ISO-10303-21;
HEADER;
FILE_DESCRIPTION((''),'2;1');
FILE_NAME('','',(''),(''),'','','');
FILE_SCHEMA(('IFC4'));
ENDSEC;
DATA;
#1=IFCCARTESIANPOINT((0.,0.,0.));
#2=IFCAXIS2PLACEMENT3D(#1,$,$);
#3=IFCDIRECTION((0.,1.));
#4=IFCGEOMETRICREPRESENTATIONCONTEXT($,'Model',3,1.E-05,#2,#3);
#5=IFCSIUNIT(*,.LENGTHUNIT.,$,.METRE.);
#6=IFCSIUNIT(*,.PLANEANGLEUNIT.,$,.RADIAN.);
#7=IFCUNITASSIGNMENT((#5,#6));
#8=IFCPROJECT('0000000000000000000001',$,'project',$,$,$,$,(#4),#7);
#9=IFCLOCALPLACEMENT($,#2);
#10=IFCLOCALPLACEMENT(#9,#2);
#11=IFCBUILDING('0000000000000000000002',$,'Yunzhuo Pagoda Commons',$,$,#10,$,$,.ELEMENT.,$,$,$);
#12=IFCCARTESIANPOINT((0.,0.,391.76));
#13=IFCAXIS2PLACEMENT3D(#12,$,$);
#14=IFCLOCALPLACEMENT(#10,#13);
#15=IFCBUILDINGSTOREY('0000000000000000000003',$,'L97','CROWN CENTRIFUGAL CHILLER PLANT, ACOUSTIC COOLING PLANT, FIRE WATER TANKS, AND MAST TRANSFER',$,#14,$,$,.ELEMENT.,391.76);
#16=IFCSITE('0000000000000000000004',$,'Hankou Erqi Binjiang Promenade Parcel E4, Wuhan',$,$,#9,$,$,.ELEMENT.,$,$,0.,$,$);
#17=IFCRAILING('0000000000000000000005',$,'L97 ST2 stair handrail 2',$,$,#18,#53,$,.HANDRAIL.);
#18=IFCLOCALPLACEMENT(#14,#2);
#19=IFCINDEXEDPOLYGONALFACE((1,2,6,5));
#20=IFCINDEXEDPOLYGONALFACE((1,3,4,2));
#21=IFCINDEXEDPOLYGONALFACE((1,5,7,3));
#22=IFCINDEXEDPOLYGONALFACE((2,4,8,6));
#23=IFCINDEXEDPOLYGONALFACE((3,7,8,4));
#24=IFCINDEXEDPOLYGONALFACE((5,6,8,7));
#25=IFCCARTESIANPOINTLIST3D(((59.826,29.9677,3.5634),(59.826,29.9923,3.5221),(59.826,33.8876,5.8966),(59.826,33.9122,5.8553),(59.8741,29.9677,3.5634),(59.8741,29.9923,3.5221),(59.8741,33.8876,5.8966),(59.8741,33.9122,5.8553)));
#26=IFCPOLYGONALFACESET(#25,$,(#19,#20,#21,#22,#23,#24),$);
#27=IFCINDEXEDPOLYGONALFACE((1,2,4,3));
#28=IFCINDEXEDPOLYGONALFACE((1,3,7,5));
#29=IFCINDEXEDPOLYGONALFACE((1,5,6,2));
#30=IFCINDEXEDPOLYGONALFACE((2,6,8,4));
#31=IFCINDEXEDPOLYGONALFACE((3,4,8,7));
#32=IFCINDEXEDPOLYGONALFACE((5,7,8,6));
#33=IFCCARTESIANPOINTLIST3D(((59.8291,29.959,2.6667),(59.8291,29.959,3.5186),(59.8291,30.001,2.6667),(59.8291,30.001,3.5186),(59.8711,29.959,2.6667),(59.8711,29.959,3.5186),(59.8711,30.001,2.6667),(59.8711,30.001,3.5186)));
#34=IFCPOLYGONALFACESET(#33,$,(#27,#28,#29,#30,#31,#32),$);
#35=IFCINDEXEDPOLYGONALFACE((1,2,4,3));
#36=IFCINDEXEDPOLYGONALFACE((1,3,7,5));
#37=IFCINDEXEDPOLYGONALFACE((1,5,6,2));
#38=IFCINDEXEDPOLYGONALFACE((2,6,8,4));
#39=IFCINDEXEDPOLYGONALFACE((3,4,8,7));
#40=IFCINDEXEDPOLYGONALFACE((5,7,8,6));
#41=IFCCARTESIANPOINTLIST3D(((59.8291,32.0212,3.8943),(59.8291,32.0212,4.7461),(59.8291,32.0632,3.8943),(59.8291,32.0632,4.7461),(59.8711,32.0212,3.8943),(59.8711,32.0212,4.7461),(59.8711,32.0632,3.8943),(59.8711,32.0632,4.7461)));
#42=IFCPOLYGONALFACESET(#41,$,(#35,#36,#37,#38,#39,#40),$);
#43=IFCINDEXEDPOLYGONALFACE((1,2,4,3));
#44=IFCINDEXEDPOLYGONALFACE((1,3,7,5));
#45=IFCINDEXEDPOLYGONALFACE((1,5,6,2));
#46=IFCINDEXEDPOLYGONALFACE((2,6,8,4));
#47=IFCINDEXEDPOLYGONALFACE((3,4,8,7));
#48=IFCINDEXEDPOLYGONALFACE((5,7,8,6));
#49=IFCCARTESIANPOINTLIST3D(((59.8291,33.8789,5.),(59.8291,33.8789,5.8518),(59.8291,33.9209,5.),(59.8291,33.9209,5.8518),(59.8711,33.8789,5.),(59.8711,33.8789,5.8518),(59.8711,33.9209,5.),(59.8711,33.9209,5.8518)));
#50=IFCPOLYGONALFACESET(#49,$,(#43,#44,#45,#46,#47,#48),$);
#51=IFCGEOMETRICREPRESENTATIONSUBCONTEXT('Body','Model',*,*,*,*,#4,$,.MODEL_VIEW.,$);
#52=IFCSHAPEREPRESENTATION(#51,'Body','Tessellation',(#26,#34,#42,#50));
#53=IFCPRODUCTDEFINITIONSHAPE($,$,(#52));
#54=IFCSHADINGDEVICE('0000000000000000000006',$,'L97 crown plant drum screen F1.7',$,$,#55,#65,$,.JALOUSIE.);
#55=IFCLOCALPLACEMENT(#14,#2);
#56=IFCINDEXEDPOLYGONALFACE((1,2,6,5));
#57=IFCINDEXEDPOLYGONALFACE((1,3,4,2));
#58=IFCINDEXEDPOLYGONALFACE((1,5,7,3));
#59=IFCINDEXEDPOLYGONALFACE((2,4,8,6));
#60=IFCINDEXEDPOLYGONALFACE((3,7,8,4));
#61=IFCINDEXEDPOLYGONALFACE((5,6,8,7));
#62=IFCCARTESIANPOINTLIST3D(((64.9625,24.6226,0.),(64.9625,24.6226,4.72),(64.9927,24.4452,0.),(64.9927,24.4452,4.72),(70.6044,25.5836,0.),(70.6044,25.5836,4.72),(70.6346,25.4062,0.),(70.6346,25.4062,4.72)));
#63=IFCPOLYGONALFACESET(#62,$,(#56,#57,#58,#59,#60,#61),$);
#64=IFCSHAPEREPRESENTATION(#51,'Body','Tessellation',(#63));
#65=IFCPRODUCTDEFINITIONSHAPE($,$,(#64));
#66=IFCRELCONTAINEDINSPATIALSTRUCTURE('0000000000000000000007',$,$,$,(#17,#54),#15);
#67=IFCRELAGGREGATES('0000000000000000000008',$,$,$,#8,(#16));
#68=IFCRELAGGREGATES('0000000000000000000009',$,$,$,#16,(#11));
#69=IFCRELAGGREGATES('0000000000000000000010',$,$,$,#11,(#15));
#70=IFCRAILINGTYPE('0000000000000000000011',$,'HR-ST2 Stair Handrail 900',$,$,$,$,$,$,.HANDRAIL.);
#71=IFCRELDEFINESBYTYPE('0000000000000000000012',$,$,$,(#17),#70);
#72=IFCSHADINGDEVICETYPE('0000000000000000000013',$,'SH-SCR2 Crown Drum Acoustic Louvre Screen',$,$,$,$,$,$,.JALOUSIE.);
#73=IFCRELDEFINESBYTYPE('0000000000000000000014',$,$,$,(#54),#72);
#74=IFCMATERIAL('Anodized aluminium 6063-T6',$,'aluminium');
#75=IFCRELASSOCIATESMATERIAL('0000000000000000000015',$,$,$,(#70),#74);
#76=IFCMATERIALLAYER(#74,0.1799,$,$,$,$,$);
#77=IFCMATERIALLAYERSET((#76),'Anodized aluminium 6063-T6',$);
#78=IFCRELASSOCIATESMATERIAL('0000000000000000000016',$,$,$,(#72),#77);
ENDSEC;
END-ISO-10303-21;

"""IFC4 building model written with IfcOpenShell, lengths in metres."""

from ifc_helpers import new_model, si_unit, direction, frame, origin, origin_2d, place, context, subcontext, project, spatial, rectangle, extrude, source, transform, mapped, material, layer, layer_set, type_object, element, save


model = new_model("IFC4")

# Units and contexts
model_context = context("Model", 3, precision=1e-05, world=origin(), true_north=direction((0.0, 1.0)))
body_context = subcontext(model_context, "Body", "Model", "MODEL_VIEW")
ifc_project = project(units=[si_unit("LENGTHUNIT", "METRE"), si_unit("PLANEANGLEUNIT", "RADIAN")], contexts=[model_context])

# Site, building, storey
site_placement = place(None, origin())
site = spatial("IfcSite", under=ifc_project, at=site_placement, Name="Hankou Erqi Binjiang Promenade Parcel E4, Wuhan", CompositionType="ELEMENT", RefElevation=0.0)
building_placement = place(site_placement, origin())
building = spatial("IfcBuilding", under=site, at=building_placement, Name="Yunzhuo Pagoda Commons", CompositionType="ELEMENT")
storey_placement = place(building_placement, frame((0.0, 0.0, 391.76)))
storey = spatial("IfcBuildingStorey", under=building, at=storey_placement, Name="L97", Description="CROWN CENTRIFUGAL CHILLER PLANT, ACOUSTIC COOLING PLANT, FIRE WATER TANKS, AND MAST TRANSFER", CompositionType="ELEMENT", Elevation=391.76)

# Shared definitions
ifc_material_1 = material(Name="Anodized aluminium 6063-T6", Category="aluminium")

# Railing
railing_type = type_object("IfcRailingType", Name="HR-ST2 Stair Handrail 900", PredefinedType="HANDRAIL", material=ifc_material_1)
railing_placement = place(storey_placement, frame((59.8501, 29.98, 2.6667)))
element("IfcRailing", 1, at=railing_placement, inside=storey, type_object=railing_type, Name="L97 ST2 stair handrail 2", PredefinedType="HANDRAIL", context=body_context, shape_type="SweptSolid", body=[
    extrude(rectangle(XDim=0.0481, YDim=0.0481, at=origin_2d()), frame((0.0, 0.0, 0.876), z_axis=(0.0, 0.859296, 0.511478), x_axis=(-1.0, 0.0, 0.0)), (0.0, 0.0, 1.0), 4.5618),
    extrude(rectangle(XDim=0.042, YDim=0.042, at=origin_2d()), origin(), (0.0, 0.0, 1.0), 0.8518),
    extrude(rectangle(XDim=0.042, YDim=0.042, at=origin_2d()), frame((0.0, 2.0623, 1.2275)), (0.0, 0.0, 1.0), 0.8518),
    extrude(rectangle(XDim=0.042, YDim=0.042, at=origin_2d()), frame((0.0, 3.9199, 2.3333)), (0.0, 0.0, 1.0), 0.8518),
])

# Shading device
ifc_layer_1 = layer(ifc_material_1, 0.1799)
ifc_layer_set_1 = layer_set([ifc_layer_1], Name="Anodized aluminium 6063-T6")
shading_device_type = type_object("IfcShadingDeviceType", Name="SH-SCR2 Crown Drum Acoustic Louvre Screen", PredefinedType="JALOUSIE", material=ifc_layer_set_1)
shared_shape_1 = source(origin(), body_context, "Body", "SweptSolid", [
    extrude(rectangle(XDim=5.7231, YDim=0.1799, at=origin_2d()), origin(), (0.0, 0.0, 1.0), 4.72),
])
shading_device_placement = place(storey_placement, frame((67.7986, 25.0144, 0.0), z_axis=(0.0, 0.0, 1.0), x_axis=(0.985803, 0.167904, 0.0)))
element("IfcShadingDevice", 2, at=shading_device_placement, inside=storey, type_object=shading_device_type, Name="L97 crown plant drum screen F1.7", PredefinedType="JALOUSIE", context=body_context, shape_type="MappedRepresentation", body=[
    mapped(shared_shape_1, transform((0.0, 0.0, 0.0), scale=1.0)),
])

save(model, "model.ifc")
